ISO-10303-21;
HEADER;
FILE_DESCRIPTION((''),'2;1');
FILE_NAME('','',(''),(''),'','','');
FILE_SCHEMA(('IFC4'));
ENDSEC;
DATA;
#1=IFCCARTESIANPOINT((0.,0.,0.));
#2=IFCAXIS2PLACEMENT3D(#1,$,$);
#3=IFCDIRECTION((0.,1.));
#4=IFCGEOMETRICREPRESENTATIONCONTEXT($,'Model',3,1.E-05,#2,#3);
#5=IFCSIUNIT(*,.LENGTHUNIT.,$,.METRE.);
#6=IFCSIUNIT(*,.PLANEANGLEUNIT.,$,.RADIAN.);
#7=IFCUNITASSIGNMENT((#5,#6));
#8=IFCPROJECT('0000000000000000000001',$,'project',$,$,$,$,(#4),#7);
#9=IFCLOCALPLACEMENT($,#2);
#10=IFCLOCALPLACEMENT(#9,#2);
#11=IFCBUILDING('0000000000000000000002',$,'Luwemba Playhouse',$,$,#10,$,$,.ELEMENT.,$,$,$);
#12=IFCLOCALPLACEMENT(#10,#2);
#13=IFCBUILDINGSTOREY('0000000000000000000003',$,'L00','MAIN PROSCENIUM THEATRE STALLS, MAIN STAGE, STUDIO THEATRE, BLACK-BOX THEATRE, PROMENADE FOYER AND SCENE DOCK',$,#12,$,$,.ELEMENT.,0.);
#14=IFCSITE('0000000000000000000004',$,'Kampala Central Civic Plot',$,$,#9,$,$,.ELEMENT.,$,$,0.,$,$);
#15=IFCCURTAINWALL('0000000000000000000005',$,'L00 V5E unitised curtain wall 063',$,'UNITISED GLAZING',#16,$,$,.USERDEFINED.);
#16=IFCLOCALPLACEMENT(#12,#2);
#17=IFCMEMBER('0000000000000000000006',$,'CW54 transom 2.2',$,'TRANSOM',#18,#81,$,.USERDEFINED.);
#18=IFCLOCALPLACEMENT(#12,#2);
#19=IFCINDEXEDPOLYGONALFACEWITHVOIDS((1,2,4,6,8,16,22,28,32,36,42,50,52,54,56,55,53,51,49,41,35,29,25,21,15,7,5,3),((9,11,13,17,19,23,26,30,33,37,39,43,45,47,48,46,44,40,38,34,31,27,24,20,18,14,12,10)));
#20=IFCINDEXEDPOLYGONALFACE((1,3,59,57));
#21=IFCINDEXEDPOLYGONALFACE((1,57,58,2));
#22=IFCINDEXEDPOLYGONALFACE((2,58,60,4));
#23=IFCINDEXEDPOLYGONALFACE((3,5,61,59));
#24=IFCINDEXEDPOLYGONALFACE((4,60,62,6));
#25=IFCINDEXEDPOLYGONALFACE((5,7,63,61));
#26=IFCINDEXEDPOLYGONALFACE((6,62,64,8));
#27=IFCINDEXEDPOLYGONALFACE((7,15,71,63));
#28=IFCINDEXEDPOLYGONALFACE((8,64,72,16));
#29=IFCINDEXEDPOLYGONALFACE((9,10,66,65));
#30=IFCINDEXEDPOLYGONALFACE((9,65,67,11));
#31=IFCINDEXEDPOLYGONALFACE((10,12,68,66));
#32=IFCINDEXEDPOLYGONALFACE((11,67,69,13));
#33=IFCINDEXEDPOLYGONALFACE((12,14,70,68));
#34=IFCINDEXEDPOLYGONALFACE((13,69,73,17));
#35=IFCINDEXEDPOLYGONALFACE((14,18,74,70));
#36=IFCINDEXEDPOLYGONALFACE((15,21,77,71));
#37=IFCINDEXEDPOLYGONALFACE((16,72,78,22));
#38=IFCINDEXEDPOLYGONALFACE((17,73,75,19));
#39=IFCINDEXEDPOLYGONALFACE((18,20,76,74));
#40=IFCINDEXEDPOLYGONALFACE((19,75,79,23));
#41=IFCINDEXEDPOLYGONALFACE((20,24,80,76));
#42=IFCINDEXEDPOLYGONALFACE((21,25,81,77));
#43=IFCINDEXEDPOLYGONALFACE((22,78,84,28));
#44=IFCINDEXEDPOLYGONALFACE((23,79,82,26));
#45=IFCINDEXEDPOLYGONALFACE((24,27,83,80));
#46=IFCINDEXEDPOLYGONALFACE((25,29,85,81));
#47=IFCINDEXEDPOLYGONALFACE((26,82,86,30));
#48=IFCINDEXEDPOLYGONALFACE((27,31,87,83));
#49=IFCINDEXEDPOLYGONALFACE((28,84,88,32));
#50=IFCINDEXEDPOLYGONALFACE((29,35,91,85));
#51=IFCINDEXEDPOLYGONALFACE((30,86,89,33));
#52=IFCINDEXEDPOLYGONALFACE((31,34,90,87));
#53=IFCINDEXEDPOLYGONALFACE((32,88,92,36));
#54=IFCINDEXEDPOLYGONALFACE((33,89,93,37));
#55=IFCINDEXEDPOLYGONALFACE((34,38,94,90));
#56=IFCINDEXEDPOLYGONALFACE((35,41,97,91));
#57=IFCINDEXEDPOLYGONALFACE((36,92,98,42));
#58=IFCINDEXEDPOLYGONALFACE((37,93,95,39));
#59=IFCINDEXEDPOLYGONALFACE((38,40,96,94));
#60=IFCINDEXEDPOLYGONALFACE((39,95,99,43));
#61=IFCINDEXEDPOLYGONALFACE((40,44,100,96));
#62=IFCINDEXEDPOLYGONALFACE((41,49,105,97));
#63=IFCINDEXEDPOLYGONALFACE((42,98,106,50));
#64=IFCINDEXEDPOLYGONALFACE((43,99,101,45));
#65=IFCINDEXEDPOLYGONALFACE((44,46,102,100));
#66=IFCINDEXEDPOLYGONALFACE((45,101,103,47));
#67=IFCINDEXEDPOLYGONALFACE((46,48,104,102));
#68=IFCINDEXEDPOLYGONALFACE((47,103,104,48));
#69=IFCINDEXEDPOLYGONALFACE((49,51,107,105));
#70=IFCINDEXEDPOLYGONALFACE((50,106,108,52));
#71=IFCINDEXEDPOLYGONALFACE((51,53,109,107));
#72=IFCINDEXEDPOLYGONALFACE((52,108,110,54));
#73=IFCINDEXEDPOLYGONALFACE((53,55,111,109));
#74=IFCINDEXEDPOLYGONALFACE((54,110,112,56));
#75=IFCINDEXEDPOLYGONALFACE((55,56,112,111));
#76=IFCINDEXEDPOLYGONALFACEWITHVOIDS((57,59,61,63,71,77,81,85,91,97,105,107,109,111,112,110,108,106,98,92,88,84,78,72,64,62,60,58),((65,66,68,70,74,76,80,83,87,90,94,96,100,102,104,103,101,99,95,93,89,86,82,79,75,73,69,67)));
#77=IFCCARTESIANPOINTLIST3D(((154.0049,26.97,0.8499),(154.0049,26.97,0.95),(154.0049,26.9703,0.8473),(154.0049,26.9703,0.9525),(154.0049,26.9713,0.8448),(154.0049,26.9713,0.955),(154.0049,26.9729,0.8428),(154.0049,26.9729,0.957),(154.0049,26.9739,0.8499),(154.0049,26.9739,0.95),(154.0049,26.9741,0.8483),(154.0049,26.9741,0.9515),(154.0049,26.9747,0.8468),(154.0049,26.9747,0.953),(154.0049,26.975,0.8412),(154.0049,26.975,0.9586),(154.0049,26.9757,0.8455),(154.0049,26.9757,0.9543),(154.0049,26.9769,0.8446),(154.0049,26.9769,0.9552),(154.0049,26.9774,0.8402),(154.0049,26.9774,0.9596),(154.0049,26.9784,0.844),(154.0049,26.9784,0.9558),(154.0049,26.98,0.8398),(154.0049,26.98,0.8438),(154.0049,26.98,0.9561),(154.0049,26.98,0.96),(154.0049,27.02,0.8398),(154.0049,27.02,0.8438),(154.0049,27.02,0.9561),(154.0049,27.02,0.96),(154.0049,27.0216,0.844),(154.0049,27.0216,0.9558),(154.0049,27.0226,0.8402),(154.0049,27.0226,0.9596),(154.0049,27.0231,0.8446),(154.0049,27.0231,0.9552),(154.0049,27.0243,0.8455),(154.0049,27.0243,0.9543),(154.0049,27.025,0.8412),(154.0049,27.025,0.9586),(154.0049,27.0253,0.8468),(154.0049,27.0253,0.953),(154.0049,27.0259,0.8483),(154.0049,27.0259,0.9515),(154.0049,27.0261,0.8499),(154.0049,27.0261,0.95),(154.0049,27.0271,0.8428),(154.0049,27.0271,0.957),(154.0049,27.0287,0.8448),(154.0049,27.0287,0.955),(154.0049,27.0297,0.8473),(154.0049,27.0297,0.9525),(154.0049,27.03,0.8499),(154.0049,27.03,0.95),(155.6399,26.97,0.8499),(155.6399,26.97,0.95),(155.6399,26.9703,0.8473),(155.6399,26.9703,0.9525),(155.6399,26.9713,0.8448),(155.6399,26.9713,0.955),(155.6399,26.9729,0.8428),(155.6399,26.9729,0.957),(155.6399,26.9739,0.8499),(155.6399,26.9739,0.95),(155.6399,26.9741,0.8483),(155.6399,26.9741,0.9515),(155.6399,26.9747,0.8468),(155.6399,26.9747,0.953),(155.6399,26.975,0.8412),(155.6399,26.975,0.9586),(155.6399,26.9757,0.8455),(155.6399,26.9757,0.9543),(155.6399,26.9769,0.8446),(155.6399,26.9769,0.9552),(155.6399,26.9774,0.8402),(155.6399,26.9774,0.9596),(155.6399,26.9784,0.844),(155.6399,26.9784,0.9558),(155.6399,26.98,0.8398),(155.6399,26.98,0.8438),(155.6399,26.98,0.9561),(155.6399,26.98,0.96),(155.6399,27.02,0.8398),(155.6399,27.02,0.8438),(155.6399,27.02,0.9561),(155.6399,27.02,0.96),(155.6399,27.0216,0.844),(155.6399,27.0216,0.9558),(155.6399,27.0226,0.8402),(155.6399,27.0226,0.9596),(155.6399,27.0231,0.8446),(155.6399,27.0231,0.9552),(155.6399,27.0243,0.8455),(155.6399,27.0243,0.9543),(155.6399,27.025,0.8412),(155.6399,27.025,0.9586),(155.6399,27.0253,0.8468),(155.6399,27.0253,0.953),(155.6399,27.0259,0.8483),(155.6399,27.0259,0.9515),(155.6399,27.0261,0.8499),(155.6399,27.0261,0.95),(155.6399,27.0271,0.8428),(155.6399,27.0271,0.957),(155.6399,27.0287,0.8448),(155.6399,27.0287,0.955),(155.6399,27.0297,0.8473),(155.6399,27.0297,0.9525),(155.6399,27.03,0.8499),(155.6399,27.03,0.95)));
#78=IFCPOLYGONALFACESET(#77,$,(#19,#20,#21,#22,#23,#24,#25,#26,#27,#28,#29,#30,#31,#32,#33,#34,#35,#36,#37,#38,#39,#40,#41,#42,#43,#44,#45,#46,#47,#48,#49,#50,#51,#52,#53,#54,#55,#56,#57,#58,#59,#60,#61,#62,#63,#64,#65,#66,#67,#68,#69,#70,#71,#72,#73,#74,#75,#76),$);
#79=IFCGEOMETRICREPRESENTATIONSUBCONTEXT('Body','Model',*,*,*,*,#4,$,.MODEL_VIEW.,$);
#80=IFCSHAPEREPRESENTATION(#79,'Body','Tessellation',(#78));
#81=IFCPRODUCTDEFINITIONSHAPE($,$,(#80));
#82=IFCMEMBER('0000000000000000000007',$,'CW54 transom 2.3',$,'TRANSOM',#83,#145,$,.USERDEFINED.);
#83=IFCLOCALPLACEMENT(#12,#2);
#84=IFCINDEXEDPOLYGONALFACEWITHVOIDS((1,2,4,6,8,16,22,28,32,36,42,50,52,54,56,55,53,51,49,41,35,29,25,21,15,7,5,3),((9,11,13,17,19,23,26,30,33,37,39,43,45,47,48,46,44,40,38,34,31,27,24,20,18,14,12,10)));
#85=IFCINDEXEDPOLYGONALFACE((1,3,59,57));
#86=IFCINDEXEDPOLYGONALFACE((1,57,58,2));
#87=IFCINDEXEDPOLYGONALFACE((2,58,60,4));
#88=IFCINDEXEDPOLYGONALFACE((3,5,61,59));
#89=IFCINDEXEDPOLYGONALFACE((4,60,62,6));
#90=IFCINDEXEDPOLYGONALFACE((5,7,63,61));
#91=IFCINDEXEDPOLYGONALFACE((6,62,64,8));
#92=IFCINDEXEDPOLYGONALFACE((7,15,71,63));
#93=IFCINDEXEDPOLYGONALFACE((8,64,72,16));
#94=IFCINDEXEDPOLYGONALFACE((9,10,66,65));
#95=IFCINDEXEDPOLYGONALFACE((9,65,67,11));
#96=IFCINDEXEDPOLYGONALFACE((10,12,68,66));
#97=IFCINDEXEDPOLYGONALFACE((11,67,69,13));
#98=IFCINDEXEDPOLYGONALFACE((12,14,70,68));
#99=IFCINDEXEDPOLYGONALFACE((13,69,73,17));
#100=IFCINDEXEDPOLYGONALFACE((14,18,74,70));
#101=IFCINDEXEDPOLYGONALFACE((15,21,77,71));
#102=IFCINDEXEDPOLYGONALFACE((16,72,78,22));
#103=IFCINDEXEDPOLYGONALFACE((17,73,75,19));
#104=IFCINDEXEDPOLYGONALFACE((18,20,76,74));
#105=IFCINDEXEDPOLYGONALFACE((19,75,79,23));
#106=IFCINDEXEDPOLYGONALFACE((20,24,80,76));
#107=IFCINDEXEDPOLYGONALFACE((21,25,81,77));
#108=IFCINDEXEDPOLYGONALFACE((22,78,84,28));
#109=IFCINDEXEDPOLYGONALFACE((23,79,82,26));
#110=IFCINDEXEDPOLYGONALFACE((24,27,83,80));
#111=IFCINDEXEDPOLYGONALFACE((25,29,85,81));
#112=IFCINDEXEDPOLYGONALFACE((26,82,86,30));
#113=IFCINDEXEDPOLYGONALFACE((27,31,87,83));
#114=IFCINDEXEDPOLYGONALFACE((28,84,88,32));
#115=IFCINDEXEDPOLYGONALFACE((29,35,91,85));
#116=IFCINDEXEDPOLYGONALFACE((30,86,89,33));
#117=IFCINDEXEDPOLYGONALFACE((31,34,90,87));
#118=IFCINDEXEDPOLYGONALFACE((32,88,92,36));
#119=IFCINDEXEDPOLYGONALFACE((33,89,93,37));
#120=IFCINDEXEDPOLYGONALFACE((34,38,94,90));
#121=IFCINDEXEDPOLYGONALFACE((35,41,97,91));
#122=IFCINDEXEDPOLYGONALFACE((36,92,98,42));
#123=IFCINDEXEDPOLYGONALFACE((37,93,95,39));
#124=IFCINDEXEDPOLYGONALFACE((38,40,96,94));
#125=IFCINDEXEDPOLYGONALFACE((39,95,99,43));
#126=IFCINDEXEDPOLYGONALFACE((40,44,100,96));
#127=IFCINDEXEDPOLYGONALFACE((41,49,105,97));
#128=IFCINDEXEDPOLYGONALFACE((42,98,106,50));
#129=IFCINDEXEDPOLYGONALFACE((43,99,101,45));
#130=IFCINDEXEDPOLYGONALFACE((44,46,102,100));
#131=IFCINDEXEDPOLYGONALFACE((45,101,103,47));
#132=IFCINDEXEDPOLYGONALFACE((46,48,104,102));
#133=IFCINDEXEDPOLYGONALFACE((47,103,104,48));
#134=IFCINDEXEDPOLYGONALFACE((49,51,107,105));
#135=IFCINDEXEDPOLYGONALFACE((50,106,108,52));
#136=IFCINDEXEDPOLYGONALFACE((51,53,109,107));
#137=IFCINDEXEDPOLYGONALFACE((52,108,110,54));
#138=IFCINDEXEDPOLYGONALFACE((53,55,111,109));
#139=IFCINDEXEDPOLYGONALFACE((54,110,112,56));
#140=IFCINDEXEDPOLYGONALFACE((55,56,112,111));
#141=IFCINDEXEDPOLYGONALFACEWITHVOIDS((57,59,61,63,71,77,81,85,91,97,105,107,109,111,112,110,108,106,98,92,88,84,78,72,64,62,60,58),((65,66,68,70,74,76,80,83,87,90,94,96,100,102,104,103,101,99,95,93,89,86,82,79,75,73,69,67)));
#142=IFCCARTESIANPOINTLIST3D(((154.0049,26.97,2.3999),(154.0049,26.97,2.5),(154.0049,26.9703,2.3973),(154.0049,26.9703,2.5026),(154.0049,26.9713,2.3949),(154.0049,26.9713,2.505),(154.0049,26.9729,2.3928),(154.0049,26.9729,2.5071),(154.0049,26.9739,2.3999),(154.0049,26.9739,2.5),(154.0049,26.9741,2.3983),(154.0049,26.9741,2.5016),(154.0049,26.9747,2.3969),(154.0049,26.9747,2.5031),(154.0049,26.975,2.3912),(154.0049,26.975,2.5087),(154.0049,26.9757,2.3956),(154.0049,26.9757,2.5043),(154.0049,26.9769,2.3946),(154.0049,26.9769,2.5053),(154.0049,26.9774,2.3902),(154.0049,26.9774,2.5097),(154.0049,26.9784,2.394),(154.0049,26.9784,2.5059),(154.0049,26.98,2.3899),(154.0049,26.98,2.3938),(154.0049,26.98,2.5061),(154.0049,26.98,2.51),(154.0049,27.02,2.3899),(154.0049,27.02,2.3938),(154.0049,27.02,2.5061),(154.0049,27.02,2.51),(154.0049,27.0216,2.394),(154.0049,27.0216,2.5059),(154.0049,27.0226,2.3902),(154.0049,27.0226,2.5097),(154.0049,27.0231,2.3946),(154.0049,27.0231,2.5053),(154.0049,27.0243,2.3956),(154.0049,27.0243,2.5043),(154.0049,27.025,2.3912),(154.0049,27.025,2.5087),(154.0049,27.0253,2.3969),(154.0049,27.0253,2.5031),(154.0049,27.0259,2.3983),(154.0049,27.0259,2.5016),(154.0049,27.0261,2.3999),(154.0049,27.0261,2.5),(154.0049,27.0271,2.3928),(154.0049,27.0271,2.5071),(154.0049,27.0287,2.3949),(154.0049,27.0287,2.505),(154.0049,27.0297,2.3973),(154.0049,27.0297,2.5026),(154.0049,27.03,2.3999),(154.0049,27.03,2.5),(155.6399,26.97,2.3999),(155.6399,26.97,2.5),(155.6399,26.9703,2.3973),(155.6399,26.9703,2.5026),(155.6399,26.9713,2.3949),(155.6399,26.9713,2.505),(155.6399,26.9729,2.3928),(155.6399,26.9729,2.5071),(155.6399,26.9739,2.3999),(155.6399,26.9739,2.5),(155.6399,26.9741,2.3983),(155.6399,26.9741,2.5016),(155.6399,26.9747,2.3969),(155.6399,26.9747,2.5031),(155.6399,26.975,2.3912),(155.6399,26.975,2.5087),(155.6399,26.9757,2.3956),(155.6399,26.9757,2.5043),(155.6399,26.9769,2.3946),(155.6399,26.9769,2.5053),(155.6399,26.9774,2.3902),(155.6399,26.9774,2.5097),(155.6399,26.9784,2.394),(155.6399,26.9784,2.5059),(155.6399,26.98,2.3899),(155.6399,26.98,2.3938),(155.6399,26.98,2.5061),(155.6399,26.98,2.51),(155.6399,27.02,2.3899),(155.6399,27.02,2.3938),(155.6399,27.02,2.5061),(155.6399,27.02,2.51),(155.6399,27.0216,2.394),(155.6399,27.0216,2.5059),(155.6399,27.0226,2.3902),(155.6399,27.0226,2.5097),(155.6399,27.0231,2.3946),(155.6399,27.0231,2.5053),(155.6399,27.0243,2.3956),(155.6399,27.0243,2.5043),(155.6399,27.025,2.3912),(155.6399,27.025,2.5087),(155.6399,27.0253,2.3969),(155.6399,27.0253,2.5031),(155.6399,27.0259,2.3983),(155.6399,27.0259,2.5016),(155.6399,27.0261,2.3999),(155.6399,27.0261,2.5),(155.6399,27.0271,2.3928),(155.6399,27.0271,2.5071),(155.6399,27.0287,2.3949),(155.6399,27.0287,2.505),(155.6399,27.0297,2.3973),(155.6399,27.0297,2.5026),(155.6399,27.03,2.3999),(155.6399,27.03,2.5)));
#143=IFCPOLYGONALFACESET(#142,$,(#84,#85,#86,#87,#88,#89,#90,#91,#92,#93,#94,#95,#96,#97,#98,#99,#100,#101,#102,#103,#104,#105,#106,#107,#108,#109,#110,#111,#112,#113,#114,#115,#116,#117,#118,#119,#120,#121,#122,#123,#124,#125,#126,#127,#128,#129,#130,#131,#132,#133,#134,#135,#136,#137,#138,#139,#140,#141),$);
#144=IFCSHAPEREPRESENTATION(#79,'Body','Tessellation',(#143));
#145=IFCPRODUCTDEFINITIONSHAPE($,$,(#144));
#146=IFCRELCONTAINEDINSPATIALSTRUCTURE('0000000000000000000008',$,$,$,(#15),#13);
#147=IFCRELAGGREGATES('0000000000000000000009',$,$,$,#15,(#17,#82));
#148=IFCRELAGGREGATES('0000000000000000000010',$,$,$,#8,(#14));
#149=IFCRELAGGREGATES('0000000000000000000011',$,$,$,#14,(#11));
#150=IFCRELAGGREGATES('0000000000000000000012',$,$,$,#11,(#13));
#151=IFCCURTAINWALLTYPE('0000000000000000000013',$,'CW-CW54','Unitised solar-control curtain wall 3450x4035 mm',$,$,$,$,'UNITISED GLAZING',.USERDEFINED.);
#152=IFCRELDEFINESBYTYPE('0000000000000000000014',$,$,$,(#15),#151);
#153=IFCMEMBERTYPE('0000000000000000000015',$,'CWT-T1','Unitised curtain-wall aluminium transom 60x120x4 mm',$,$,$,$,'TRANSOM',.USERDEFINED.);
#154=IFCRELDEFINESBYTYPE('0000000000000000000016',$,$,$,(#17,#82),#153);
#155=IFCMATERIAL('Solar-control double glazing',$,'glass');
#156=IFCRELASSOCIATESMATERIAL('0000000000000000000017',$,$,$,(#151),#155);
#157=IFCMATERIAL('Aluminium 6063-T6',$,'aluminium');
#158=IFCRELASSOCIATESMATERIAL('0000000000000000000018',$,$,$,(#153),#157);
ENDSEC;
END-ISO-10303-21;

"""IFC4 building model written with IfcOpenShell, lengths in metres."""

from ifc_helpers import new_model, si_unit, direction, frame, origin, origin_2d, place, context, subcontext, project, spatial, hollow_rectangle, extrude, material, material_profile, profile_set, type_object, element, aggregate, save


model = new_model("IFC4")

# Units and contexts
model_context = context("Model", 3, precision=1e-05, world=origin(), true_north=direction((0.0, 1.0)))
body_context = subcontext(model_context, "Body", "Model", "MODEL_VIEW")
ifc_project = project(units=[si_unit("LENGTHUNIT", "METRE"), si_unit("PLANEANGLEUNIT", "RADIAN")], contexts=[model_context])

# Site, building, storey
site_placement = place(None, origin())
site = spatial("IfcSite", under=ifc_project, at=site_placement, Name="Kampala Central Civic Plot", CompositionType="ELEMENT", RefElevation=0.0)
building_placement = place(site_placement, origin())
building = spatial("IfcBuilding", under=site, at=building_placement, Name="Luwemba Playhouse", CompositionType="ELEMENT")
storey_placement = place(building_placement, origin())
storey = spatial("IfcBuildingStorey", under=building, at=storey_placement, Name="L00", Description="MAIN PROSCENIUM THEATRE STALLS, MAIN STAGE, STUDIO THEATRE, BLACK-BOX THEATRE, PROMENADE FOYER AND SCENE DOCK", CompositionType="ELEMENT", Elevation=0.0)

# Curtain wall, members
ifc_material_1 = material(Name="Solar-control double glazing", Category="glass")
curtain_wall_type = type_object("IfcCurtainWallType", Name="CW-CW54", Description="Unitised solar-control curtain wall 3450x4035 mm", ElementType="UNITISED GLAZING", PredefinedType="USERDEFINED", material=ifc_material_1)
curtain_wall_placement = place(storey_placement, origin())
curtain_wall = element("IfcCurtainWall", 1, at=curtain_wall_placement, inside=storey, type_object=curtain_wall_type, Name="L00 V5E unitised curtain wall 063", ObjectType="UNITISED GLAZING", PredefinedType="USERDEFINED")
ifc_material_2 = material(Name="Aluminium 6063-T6", Category="aluminium")
ifc_material_profile_1 = material_profile(ifc_material_2, hollow_rectangle(XDim=0.0601, YDim=0.1201, WallThickness=0.0039, InnerFilletRadius=0.0061, OuterFilletRadius=0.01, at=origin_2d()))
ifc_profile_set_1 = profile_set([ifc_material_profile_1], Name="Aluminium 6063-T6")
member_type_1 = type_object("IfcMemberType", Name="CWT-T1", Description="Unitised curtain-wall aluminium transom 60x120x4 mm", ElementType="TRANSOM", PredefinedType="USERDEFINED", material=ifc_profile_set_1)
member_1_placement = place(storey_placement, frame((154.0049, 27.0, 0.8999), z_axis=(1.0, 0.0, 0.0), x_axis=(0.0, 1.0, 0.0)))
member_1 = element("IfcMember", 2, at=member_1_placement, type_object=member_type_1, Name="CW54 transom 2.2", ObjectType="TRANSOM", PredefinedType="USERDEFINED", context=body_context, shape_type="SweptSolid", body=[
    extrude(hollow_rectangle(XDim=0.0601, YDim=0.1201, WallThickness=0.0039, InnerFilletRadius=0.0061, OuterFilletRadius=0.01, at=origin_2d()), origin(), (0.0, 0.0, 1.0), 1.635),
])
member_2_placement = place(storey_placement, frame((154.0049, 27.0, 2.45), z_axis=(1.0, 0.0, 0.0), x_axis=(0.0, 1.0, 0.0)))
member_2 = element("IfcMember", 3, at=member_2_placement, type_object=member_type_1, Name="CW54 transom 2.3", ObjectType="TRANSOM", PredefinedType="USERDEFINED", context=body_context, shape_type="SweptSolid", body=[
    extrude(hollow_rectangle(XDim=0.0601, YDim=0.1201, WallThickness=0.0039, InnerFilletRadius=0.0061, OuterFilletRadius=0.01, at=origin_2d()), origin(), (0.0, 0.0, 1.0), 1.635),
])
aggregate(curtain_wall, [member_1, member_2])

save(model, "model.ifc")
